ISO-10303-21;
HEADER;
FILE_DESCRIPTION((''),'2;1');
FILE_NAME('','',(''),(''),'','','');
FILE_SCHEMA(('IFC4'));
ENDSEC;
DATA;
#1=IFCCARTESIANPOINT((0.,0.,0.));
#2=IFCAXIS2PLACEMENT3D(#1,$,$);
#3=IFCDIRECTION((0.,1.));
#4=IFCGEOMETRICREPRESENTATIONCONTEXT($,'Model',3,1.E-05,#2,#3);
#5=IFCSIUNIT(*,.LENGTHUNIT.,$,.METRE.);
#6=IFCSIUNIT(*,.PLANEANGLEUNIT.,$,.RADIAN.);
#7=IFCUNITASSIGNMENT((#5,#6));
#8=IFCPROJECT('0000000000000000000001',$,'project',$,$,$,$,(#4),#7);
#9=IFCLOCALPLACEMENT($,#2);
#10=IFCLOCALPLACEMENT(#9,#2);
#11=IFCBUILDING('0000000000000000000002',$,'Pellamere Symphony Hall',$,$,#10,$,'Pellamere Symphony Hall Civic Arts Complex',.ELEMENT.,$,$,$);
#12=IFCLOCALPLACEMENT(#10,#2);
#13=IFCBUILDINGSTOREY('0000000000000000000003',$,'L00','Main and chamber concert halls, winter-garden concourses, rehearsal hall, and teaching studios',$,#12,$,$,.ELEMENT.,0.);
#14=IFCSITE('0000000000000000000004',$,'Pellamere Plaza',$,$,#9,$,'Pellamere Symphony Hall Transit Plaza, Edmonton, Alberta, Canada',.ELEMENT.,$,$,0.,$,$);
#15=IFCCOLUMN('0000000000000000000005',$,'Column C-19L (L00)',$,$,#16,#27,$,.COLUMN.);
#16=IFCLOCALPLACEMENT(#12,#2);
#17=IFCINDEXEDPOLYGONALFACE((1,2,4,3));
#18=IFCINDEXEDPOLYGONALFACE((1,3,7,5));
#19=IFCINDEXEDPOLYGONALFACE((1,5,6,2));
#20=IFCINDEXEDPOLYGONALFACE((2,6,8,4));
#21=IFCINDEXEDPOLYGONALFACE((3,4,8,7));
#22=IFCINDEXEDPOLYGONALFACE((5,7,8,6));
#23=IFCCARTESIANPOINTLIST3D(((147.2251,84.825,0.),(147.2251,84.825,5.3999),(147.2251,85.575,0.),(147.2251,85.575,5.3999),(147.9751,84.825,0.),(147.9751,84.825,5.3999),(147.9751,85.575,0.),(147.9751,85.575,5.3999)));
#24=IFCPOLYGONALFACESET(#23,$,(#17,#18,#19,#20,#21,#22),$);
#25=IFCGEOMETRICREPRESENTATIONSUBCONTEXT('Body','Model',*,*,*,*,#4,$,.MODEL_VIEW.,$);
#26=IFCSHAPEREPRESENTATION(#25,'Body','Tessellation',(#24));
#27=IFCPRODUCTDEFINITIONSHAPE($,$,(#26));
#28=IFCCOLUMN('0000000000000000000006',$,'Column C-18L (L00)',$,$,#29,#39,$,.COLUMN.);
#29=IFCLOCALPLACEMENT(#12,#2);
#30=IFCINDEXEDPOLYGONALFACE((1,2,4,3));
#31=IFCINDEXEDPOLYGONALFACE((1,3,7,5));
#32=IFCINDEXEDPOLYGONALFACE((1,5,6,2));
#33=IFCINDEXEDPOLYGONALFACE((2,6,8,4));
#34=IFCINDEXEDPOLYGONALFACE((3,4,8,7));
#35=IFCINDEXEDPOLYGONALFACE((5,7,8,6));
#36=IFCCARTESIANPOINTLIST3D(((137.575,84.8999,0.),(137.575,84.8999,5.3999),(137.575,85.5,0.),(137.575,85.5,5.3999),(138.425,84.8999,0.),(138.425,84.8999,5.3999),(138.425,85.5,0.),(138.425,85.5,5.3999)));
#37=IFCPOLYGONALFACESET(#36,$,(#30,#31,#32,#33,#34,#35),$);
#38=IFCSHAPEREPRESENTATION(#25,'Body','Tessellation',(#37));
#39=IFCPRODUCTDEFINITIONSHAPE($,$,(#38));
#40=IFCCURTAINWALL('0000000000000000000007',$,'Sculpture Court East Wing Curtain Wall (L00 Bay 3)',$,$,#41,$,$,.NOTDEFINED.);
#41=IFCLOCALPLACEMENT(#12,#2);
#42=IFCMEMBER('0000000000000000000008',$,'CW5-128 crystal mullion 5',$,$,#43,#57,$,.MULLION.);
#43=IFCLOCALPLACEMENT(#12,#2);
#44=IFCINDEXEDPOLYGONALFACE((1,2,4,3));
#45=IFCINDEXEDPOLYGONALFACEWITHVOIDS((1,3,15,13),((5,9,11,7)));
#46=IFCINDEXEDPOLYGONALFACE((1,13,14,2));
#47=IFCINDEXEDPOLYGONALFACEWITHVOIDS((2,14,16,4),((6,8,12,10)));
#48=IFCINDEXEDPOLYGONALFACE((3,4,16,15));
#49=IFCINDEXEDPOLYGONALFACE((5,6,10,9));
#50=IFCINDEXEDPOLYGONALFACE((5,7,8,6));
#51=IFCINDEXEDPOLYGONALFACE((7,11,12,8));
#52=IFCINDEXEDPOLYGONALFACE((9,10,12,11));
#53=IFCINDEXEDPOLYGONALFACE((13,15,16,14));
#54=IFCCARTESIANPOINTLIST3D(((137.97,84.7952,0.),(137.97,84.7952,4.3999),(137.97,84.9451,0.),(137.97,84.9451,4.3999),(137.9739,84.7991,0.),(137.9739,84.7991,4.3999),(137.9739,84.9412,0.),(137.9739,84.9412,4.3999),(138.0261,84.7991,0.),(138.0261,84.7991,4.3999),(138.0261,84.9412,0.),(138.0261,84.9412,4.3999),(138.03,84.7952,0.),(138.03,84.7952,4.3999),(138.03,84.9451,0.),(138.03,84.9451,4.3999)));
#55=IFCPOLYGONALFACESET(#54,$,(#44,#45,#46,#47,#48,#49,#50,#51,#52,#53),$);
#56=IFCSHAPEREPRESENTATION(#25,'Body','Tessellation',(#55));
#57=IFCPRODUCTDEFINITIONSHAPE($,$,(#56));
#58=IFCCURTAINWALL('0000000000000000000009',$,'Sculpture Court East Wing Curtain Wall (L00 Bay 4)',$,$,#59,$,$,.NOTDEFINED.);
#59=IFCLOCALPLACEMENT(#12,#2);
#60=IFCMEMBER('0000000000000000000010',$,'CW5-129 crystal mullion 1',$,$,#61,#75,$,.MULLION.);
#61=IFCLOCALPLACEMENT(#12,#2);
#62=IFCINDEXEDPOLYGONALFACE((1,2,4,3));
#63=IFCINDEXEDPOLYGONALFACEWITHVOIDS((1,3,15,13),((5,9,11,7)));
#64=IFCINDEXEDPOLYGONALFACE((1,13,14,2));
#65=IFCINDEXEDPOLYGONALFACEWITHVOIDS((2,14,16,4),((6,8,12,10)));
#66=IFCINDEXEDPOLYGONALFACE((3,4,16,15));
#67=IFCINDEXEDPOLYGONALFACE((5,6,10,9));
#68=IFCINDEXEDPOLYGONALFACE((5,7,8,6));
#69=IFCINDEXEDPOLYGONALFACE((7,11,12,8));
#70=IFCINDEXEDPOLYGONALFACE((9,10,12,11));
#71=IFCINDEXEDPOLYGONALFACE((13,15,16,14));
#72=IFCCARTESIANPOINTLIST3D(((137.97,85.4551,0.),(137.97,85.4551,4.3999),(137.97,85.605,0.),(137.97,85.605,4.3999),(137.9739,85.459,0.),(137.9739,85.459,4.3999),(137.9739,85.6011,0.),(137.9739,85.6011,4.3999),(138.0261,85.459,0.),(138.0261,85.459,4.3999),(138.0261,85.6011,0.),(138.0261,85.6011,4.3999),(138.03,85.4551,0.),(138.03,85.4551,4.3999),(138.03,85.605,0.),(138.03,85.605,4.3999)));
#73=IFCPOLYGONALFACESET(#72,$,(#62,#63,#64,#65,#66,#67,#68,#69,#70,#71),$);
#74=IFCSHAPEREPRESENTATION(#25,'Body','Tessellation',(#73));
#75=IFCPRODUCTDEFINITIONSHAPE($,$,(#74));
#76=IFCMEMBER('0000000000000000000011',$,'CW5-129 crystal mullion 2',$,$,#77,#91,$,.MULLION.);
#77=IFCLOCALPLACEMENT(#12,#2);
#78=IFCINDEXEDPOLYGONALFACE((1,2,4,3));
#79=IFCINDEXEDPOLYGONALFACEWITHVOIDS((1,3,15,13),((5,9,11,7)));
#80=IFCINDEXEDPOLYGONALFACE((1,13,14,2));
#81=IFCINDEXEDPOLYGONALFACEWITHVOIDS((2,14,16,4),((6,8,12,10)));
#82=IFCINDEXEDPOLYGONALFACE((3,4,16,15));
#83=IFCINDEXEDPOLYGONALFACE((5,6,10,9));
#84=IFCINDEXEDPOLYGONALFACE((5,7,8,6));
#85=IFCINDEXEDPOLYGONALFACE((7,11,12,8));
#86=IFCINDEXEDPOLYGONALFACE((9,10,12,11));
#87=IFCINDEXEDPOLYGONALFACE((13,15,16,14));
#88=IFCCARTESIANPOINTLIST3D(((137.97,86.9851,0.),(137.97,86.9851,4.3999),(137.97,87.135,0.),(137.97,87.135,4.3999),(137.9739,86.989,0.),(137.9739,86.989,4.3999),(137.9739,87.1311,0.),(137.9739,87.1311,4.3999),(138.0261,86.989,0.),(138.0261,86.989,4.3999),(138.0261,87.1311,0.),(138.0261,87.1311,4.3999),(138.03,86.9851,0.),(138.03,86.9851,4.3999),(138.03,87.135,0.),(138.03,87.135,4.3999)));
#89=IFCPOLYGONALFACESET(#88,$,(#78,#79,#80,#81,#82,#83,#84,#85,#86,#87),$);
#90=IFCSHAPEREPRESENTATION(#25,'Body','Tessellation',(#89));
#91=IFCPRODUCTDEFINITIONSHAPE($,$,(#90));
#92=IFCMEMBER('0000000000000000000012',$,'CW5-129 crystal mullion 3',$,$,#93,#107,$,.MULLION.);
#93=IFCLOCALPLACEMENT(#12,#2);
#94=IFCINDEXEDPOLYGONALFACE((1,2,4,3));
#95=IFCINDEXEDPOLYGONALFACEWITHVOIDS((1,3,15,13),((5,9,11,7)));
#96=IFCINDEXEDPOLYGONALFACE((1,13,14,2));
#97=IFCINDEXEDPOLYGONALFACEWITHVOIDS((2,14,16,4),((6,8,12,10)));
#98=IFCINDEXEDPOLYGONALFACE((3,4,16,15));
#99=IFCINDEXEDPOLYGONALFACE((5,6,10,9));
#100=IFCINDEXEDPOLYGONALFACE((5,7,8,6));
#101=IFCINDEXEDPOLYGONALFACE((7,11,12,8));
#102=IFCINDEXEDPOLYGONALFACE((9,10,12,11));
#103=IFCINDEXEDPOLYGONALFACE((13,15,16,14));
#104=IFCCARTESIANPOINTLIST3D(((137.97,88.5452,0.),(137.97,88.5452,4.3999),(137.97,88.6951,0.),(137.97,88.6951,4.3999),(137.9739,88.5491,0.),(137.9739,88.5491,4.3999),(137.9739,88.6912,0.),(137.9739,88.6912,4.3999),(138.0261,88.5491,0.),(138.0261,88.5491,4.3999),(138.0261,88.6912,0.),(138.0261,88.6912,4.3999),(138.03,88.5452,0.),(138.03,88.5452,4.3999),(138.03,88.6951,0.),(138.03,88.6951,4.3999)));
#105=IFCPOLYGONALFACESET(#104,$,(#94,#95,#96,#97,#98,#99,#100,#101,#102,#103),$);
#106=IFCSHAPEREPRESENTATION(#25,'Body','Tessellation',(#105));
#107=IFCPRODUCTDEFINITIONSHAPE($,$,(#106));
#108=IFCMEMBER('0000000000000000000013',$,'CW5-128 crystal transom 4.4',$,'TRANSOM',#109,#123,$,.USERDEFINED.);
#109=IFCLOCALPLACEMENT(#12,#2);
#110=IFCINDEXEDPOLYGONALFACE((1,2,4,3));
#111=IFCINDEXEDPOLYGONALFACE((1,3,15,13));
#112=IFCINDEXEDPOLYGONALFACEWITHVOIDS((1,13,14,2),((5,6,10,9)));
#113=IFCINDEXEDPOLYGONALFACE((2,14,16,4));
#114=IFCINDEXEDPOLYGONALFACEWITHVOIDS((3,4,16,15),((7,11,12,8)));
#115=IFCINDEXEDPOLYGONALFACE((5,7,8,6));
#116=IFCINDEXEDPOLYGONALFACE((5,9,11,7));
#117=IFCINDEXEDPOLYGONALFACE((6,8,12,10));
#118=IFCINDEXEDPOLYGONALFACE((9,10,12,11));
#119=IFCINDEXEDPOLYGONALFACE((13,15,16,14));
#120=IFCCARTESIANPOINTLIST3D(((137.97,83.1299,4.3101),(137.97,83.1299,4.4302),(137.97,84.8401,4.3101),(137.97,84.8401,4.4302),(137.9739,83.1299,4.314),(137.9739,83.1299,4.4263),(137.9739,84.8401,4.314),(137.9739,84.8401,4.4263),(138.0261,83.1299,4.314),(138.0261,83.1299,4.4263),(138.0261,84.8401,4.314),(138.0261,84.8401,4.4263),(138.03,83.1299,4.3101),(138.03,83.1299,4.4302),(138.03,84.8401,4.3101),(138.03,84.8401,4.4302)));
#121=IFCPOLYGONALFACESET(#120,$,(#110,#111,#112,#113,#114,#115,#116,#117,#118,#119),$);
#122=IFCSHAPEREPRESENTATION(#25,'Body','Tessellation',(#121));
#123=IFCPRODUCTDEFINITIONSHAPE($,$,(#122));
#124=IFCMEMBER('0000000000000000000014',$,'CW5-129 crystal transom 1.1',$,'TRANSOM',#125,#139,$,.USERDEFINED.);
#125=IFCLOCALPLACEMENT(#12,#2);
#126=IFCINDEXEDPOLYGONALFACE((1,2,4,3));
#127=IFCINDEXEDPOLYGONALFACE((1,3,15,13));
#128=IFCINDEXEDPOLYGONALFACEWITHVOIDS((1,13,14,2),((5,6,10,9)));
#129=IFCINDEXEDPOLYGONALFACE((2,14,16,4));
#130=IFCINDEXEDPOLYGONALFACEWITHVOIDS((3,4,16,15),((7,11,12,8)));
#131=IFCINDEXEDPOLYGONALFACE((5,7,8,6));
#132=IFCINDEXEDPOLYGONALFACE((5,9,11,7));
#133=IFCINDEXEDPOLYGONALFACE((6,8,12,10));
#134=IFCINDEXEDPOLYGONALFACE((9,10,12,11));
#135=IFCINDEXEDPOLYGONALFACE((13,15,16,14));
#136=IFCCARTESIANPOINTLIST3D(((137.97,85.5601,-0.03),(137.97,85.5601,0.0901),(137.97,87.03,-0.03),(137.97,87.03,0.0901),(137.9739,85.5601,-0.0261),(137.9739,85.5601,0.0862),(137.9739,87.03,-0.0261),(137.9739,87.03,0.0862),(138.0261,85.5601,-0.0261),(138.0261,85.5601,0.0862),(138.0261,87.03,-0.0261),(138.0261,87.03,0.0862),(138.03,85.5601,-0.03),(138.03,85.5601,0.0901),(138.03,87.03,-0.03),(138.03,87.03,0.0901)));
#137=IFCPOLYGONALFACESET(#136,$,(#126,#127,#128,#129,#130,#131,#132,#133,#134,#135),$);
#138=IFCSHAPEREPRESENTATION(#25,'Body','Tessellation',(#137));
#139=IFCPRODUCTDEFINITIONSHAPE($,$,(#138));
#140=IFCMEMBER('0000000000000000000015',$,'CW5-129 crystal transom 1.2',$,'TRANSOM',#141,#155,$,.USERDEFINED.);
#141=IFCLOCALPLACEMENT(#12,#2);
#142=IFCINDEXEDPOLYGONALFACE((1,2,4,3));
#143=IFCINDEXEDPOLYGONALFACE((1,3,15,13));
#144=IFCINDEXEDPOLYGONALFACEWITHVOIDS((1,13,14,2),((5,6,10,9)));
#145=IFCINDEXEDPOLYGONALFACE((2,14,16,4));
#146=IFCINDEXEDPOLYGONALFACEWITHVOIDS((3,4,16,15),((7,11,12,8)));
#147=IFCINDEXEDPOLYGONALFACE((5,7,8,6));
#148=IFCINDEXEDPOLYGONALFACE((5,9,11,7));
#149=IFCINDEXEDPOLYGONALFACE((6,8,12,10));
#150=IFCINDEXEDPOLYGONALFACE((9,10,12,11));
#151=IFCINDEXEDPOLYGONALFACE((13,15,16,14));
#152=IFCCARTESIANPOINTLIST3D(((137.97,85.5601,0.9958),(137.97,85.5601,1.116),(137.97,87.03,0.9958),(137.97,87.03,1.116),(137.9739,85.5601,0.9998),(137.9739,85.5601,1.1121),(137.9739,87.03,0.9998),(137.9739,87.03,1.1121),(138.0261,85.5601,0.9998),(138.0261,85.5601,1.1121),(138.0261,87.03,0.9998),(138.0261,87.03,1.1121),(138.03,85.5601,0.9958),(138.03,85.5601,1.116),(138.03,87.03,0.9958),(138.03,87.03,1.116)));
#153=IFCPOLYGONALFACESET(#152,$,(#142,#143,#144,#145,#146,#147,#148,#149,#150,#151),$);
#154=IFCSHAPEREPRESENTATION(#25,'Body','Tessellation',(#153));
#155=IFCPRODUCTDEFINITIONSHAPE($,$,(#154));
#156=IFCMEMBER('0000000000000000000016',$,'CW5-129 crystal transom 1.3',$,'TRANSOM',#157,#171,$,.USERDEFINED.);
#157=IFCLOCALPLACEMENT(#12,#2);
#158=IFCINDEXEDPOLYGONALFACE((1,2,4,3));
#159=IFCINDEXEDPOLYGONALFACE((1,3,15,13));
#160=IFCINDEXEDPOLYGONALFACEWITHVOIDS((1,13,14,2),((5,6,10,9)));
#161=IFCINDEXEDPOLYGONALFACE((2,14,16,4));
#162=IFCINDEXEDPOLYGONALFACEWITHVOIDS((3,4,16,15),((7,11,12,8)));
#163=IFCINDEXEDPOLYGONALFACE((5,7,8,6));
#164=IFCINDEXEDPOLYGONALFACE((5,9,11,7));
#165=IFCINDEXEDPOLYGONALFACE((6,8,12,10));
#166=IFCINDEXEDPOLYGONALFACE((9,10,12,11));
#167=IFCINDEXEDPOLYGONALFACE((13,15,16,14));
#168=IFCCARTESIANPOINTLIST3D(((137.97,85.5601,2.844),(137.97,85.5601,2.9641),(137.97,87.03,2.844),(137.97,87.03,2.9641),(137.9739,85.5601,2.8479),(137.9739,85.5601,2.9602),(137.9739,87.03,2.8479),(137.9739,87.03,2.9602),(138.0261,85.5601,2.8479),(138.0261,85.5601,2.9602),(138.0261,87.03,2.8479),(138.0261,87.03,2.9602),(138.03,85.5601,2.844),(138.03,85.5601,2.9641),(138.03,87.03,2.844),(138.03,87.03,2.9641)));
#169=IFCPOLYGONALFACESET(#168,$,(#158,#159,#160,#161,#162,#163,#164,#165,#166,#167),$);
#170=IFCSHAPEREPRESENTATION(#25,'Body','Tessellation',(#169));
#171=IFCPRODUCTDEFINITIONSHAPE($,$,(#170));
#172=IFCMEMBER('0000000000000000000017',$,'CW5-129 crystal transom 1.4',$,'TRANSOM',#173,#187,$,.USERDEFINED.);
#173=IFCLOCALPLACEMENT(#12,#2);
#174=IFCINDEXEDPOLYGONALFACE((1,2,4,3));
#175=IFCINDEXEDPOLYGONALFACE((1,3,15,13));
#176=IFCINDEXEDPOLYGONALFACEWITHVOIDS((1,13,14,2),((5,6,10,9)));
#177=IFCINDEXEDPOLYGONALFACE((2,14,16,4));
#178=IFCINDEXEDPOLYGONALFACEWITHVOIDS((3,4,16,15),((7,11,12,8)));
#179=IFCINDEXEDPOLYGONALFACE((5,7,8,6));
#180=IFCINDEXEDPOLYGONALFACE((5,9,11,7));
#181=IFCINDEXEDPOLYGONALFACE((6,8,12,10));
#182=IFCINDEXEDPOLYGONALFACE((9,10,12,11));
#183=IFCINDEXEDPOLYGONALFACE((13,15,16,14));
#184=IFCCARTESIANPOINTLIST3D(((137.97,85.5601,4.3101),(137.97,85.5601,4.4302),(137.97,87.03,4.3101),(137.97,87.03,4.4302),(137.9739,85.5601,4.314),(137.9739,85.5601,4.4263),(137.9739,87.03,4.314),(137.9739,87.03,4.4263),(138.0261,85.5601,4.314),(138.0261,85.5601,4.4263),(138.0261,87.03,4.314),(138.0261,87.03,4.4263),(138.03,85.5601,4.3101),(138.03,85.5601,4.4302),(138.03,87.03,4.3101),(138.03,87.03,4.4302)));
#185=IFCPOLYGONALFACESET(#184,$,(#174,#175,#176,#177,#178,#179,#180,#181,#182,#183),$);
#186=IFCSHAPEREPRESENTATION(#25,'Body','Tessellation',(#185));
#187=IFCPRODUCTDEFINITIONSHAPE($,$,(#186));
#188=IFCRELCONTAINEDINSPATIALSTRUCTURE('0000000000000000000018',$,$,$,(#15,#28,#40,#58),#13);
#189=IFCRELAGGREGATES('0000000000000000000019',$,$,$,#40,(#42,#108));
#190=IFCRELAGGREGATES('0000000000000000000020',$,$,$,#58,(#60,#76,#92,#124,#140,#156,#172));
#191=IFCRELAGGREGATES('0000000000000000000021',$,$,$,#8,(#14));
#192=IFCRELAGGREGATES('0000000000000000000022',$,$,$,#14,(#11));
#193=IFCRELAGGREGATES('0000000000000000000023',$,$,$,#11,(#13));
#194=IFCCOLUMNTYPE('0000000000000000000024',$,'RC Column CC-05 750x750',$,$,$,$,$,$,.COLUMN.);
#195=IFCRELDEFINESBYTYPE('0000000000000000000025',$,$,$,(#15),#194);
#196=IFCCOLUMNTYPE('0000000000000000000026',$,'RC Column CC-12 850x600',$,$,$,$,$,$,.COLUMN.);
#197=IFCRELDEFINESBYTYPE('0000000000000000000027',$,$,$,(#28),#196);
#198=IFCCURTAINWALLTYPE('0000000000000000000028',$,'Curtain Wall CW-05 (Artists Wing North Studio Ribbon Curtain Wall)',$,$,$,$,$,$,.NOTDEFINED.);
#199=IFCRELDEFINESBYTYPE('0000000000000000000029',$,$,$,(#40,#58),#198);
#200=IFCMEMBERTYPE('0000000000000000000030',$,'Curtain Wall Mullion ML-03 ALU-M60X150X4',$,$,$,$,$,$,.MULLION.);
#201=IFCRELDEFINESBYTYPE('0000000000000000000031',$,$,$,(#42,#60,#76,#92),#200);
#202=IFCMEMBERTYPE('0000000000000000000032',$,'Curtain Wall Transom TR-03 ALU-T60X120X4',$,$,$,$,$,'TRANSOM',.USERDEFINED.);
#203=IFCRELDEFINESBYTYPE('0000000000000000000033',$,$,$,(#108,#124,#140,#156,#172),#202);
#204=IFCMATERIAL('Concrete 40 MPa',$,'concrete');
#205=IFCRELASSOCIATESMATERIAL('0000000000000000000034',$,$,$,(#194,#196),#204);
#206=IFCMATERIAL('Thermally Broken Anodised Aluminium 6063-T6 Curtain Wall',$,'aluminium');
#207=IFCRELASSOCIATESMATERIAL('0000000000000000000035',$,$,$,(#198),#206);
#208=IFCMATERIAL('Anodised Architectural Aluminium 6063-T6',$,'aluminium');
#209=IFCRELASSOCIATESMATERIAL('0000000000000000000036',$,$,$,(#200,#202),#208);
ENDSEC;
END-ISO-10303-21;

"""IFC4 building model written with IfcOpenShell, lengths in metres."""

from ifc_helpers import new_model, si_unit, direction, frame, origin, origin_2d, place, context, subcontext, project, spatial, rectangle, hollow_rectangle, extrude, material, material_profile, profile_set, type_object, element, aggregate, save


model = new_model("IFC4")

# Units and contexts
model_context = context("Model", 3, precision=1e-05, world=origin(), true_north=direction((0.0, 1.0)))
body_context = subcontext(model_context, "Body", "Model", "MODEL_VIEW")
ifc_project = project(units=[si_unit("LENGTHUNIT", "METRE"), si_unit("PLANEANGLEUNIT", "RADIAN")], contexts=[model_context])

# Site, building, storey
site_placement = place(None, origin())
site = spatial("IfcSite", under=ifc_project, at=site_placement, Name="Pellamere Plaza", LongName="Pellamere Symphony Hall Transit Plaza, Edmonton, Alberta, Canada", CompositionType="ELEMENT", RefElevation=0.0)
building_placement = place(site_placement, origin())
building = spatial("IfcBuilding", under=site, at=building_placement, Name="Pellamere Symphony Hall", LongName="Pellamere Symphony Hall Civic Arts Complex", CompositionType="ELEMENT")
storey_placement = place(building_placement, origin())
storey = spatial("IfcBuildingStorey", under=building, at=storey_placement, Name="L00", Description="Main and chamber concert halls, winter-garden concourses, rehearsal hall, and teaching studios", CompositionType="ELEMENT", Elevation=0.0)

# Columns
ifc_material_1 = material(Name="Concrete 40 MPa", Category="concrete")
ifc_material_profile_1 = material_profile(ifc_material_1, rectangle(XDim=0.75, YDim=0.75, at=origin_2d()), Name="RC 750x750")
ifc_profile_set_1 = profile_set([ifc_material_profile_1], Name="Concrete 40 MPa")
column_type_1 = type_object("IfcColumnType", Name="RC Column CC-05 750x750", PredefinedType="COLUMN", material=ifc_profile_set_1)
column_1_placement = place(storey_placement, frame((147.6001, 85.2, 0.0), z_axis=(0.0, 0.0, 1.0), x_axis=(1.0, 0.0, 0.0)))
element("IfcColumn", 1, at=column_1_placement, inside=storey, type_object=column_type_1, Name="Column C-19L (L00)", PredefinedType="COLUMN", context=body_context, shape_type="SweptSolid", body=[
    extrude(rectangle(XDim=0.75, YDim=0.75, at=origin_2d()), origin(), (0.0, 0.0, 1.0), 5.3999),
])
ifc_material_profile_2 = material_profile(ifc_material_1, rectangle(XDim=0.8501, YDim=0.6001, at=origin_2d()), Name="RC 850x600")
ifc_profile_set_2 = profile_set([ifc_material_profile_2], Name="Concrete 40 MPa")
column_type_2 = type_object("IfcColumnType", Name="RC Column CC-12 850x600", PredefinedType="COLUMN", material=ifc_profile_set_2)
column_2_placement = place(storey_placement, frame((138.0, 85.2, 0.0), z_axis=(0.0, 0.0, 1.0), x_axis=(1.0, 0.0, 0.0)))
element("IfcColumn", 2, at=column_2_placement, inside=storey, type_object=column_type_2, Name="Column C-18L (L00)", PredefinedType="COLUMN", context=body_context, shape_type="SweptSolid", body=[
    extrude(rectangle(XDim=0.8501, YDim=0.6001, at=origin_2d()), origin(), (0.0, 0.0, 1.0), 5.3999),
])

# Curtain wall, member
ifc_material_2 = material(Name="Thermally Broken Anodised Aluminium 6063-T6 Curtain Wall", Category="aluminium")
curtain_wall_type = type_object("IfcCurtainWallType", Name="Curtain Wall CW-05 (Artists Wing North Studio Ribbon Curtain Wall)", PredefinedType="NOTDEFINED", material=ifc_material_2)
curtain_wall_1_placement = place(storey_placement, origin())
curtain_wall_1 = element("IfcCurtainWall", 3, at=curtain_wall_1_placement, inside=storey, type_object=curtain_wall_type, Name="Sculpture Court East Wing Curtain Wall (L00 Bay 3)", PredefinedType="NOTDEFINED")
ifc_material_3 = material(Name="Anodised Architectural Aluminium 6063-T6", Category="aluminium")
ifc_material_profile_3 = material_profile(ifc_material_3, hollow_rectangle(XDim=0.0601, YDim=0.1499, WallThickness=0.0039, at=origin_2d()), Name="ALU-M60X150X4")
ifc_profile_set_3 = profile_set([ifc_material_profile_3], Name="Anodised Architectural Aluminium 6063-T6")
member_type_1 = type_object("IfcMemberType", Name="Curtain Wall Mullion ML-03 ALU-M60X150X4", PredefinedType="MULLION", material=ifc_profile_set_3)
member_1_placement = place(storey_placement, frame((138.0, 84.8701, 0.0), z_axis=(0.0, 0.0, 1.0), x_axis=(-1.0, 0.0, 0.0)))
member_1 = element("IfcMember", 4, at=member_1_placement, type_object=member_type_1, Name="CW5-128 crystal mullion 5", PredefinedType="MULLION", context=body_context, shape_type="SweptSolid", body=[
    extrude(hollow_rectangle(XDim=0.0601, YDim=0.1499, WallThickness=0.0039, at=origin_2d()), origin(), (0.0, 0.0, 1.0), 4.3999),
])

# Curtain wall, members
curtain_wall_2_placement = place(storey_placement, origin())
curtain_wall_2 = element("IfcCurtainWall", 5, at=curtain_wall_2_placement, inside=storey, type_object=curtain_wall_type, Name="Sculpture Court East Wing Curtain Wall (L00 Bay 4)", PredefinedType="NOTDEFINED")
member_2_placement = place(storey_placement, frame((138.0, 85.53, 0.0), z_axis=(0.0, 0.0, 1.0), x_axis=(-1.0, 0.0, 0.0)))
member_2 = element("IfcMember", 6, at=member_2_placement, type_object=member_type_1, Name="CW5-129 crystal mullion 1", PredefinedType="MULLION", context=body_context, shape_type="SweptSolid", body=[
    extrude(hollow_rectangle(XDim=0.0601, YDim=0.1499, WallThickness=0.0039, at=origin_2d()), origin(), (0.0, 0.0, 1.0), 4.3999),
])
member_3_placement = place(storey_placement, frame((138.0, 87.0601, 0.0), z_axis=(0.0, 0.0, 1.0), x_axis=(-1.0, 0.0, 0.0)))
member_3 = element("IfcMember", 7, at=member_3_placement, type_object=member_type_1, Name="CW5-129 crystal mullion 2", PredefinedType="MULLION", context=body_context, shape_type="SweptSolid", body=[
    extrude(hollow_rectangle(XDim=0.0601, YDim=0.1499, WallThickness=0.0039, at=origin_2d()), origin(), (0.0, 0.0, 1.0), 4.3999),
])
member_4_placement = place(storey_placement, frame((138.0, 88.6201, 0.0), z_axis=(0.0, 0.0, 1.0), x_axis=(-1.0, 0.0, 0.0)))
member_4 = element("IfcMember", 8, at=member_4_placement, type_object=member_type_1, Name="CW5-129 crystal mullion 3", PredefinedType="MULLION", context=body_context, shape_type="SweptSolid", body=[
    extrude(hollow_rectangle(XDim=0.0601, YDim=0.1499, WallThickness=0.0039, at=origin_2d()), origin(), (0.0, 0.0, 1.0), 4.3999),
])

# Members
ifc_material_profile_4 = material_profile(ifc_material_3, hollow_rectangle(XDim=0.0601, YDim=0.1201, WallThickness=0.0039, at=origin_2d()), Name="ALU-T60X120X4")
ifc_profile_set_4 = profile_set([ifc_material_profile_4], Name="Anodised Architectural Aluminium 6063-T6")
member_type_2 = type_object("IfcMemberType", Name="Curtain Wall Transom TR-03 ALU-T60X120X4", ElementType="TRANSOM", PredefinedType="USERDEFINED", material=ifc_profile_set_4)
member_5_placement = place(storey_placement, frame((138.0, 83.1299, 4.3701), z_axis=(0.0, 1.0, 0.0), x_axis=(-1.0, 0.0, 0.0)))
member_5 = element("IfcMember", 9, at=member_5_placement, type_object=member_type_2, Name="CW5-128 crystal transom 4.4", ObjectType="TRANSOM", PredefinedType="USERDEFINED", context=body_context, shape_type="SweptSolid", body=[
    extrude(hollow_rectangle(XDim=0.0601, YDim=0.1201, WallThickness=0.0039, at=origin_2d()), origin(), (0.0, 0.0, 1.0), 1.7102),
])
member_6_placement = place(storey_placement, frame((138.0, 85.5601, 0.03), z_axis=(0.0, 1.0, 0.0), x_axis=(-1.0, 0.0, 0.0)))
member_6 = element("IfcMember", 10, at=member_6_placement, type_object=member_type_2, Name="CW5-129 crystal transom 1.1", ObjectType="TRANSOM", PredefinedType="USERDEFINED", context=body_context, shape_type="SweptSolid", body=[
    extrude(hollow_rectangle(XDim=0.0601, YDim=0.1201, WallThickness=0.0039, at=origin_2d()), origin(), (0.0, 0.0, 1.0), 1.47),
])
member_7_placement = place(storey_placement, frame((138.0, 85.5601, 1.0559), z_axis=(0.0, 1.0, 0.0), x_axis=(-1.0, 0.0, 0.0)))
member_7 = element("IfcMember", 11, at=member_7_placement, type_object=member_type_2, Name="CW5-129 crystal transom 1.2", ObjectType="TRANSOM", PredefinedType="USERDEFINED", context=body_context, shape_type="SweptSolid", body=[
    extrude(hollow_rectangle(XDim=0.0601, YDim=0.1201, WallThickness=0.0039, at=origin_2d()), origin(), (0.0, 0.0, 1.0), 1.47),
])
member_8_placement = place(storey_placement, frame((138.0, 85.5601, 2.9041), z_axis=(0.0, 1.0, 0.0), x_axis=(-1.0, 0.0, 0.0)))
member_8 = element("IfcMember", 12, at=member_8_placement, type_object=member_type_2, Name="CW5-129 crystal transom 1.3", ObjectType="TRANSOM", PredefinedType="USERDEFINED", context=body_context, shape_type="SweptSolid", body=[
    extrude(hollow_rectangle(XDim=0.0601, YDim=0.1201, WallThickness=0.0039, at=origin_2d()), origin(), (0.0, 0.0, 1.0), 1.47),
])
member_9_placement = place(storey_placement, frame((138.0, 85.5601, 4.3701), z_axis=(0.0, 1.0, 0.0), x_axis=(-1.0, 0.0, 0.0)))
member_9 = element("IfcMember", 13, at=member_9_placement, type_object=member_type_2, Name="CW5-129 crystal transom 1.4", ObjectType="TRANSOM", PredefinedType="USERDEFINED", context=body_context, shape_type="SweptSolid", body=[
    extrude(hollow_rectangle(XDim=0.0601, YDim=0.1201, WallThickness=0.0039, at=origin_2d()), origin(), (0.0, 0.0, 1.0), 1.47),
])

aggregate(curtain_wall_1, [member_1, member_5])
aggregate(curtain_wall_2, [member_2, member_3, member_4, member_6, member_7, member_8, member_9])

save(model, "model.ifc")
